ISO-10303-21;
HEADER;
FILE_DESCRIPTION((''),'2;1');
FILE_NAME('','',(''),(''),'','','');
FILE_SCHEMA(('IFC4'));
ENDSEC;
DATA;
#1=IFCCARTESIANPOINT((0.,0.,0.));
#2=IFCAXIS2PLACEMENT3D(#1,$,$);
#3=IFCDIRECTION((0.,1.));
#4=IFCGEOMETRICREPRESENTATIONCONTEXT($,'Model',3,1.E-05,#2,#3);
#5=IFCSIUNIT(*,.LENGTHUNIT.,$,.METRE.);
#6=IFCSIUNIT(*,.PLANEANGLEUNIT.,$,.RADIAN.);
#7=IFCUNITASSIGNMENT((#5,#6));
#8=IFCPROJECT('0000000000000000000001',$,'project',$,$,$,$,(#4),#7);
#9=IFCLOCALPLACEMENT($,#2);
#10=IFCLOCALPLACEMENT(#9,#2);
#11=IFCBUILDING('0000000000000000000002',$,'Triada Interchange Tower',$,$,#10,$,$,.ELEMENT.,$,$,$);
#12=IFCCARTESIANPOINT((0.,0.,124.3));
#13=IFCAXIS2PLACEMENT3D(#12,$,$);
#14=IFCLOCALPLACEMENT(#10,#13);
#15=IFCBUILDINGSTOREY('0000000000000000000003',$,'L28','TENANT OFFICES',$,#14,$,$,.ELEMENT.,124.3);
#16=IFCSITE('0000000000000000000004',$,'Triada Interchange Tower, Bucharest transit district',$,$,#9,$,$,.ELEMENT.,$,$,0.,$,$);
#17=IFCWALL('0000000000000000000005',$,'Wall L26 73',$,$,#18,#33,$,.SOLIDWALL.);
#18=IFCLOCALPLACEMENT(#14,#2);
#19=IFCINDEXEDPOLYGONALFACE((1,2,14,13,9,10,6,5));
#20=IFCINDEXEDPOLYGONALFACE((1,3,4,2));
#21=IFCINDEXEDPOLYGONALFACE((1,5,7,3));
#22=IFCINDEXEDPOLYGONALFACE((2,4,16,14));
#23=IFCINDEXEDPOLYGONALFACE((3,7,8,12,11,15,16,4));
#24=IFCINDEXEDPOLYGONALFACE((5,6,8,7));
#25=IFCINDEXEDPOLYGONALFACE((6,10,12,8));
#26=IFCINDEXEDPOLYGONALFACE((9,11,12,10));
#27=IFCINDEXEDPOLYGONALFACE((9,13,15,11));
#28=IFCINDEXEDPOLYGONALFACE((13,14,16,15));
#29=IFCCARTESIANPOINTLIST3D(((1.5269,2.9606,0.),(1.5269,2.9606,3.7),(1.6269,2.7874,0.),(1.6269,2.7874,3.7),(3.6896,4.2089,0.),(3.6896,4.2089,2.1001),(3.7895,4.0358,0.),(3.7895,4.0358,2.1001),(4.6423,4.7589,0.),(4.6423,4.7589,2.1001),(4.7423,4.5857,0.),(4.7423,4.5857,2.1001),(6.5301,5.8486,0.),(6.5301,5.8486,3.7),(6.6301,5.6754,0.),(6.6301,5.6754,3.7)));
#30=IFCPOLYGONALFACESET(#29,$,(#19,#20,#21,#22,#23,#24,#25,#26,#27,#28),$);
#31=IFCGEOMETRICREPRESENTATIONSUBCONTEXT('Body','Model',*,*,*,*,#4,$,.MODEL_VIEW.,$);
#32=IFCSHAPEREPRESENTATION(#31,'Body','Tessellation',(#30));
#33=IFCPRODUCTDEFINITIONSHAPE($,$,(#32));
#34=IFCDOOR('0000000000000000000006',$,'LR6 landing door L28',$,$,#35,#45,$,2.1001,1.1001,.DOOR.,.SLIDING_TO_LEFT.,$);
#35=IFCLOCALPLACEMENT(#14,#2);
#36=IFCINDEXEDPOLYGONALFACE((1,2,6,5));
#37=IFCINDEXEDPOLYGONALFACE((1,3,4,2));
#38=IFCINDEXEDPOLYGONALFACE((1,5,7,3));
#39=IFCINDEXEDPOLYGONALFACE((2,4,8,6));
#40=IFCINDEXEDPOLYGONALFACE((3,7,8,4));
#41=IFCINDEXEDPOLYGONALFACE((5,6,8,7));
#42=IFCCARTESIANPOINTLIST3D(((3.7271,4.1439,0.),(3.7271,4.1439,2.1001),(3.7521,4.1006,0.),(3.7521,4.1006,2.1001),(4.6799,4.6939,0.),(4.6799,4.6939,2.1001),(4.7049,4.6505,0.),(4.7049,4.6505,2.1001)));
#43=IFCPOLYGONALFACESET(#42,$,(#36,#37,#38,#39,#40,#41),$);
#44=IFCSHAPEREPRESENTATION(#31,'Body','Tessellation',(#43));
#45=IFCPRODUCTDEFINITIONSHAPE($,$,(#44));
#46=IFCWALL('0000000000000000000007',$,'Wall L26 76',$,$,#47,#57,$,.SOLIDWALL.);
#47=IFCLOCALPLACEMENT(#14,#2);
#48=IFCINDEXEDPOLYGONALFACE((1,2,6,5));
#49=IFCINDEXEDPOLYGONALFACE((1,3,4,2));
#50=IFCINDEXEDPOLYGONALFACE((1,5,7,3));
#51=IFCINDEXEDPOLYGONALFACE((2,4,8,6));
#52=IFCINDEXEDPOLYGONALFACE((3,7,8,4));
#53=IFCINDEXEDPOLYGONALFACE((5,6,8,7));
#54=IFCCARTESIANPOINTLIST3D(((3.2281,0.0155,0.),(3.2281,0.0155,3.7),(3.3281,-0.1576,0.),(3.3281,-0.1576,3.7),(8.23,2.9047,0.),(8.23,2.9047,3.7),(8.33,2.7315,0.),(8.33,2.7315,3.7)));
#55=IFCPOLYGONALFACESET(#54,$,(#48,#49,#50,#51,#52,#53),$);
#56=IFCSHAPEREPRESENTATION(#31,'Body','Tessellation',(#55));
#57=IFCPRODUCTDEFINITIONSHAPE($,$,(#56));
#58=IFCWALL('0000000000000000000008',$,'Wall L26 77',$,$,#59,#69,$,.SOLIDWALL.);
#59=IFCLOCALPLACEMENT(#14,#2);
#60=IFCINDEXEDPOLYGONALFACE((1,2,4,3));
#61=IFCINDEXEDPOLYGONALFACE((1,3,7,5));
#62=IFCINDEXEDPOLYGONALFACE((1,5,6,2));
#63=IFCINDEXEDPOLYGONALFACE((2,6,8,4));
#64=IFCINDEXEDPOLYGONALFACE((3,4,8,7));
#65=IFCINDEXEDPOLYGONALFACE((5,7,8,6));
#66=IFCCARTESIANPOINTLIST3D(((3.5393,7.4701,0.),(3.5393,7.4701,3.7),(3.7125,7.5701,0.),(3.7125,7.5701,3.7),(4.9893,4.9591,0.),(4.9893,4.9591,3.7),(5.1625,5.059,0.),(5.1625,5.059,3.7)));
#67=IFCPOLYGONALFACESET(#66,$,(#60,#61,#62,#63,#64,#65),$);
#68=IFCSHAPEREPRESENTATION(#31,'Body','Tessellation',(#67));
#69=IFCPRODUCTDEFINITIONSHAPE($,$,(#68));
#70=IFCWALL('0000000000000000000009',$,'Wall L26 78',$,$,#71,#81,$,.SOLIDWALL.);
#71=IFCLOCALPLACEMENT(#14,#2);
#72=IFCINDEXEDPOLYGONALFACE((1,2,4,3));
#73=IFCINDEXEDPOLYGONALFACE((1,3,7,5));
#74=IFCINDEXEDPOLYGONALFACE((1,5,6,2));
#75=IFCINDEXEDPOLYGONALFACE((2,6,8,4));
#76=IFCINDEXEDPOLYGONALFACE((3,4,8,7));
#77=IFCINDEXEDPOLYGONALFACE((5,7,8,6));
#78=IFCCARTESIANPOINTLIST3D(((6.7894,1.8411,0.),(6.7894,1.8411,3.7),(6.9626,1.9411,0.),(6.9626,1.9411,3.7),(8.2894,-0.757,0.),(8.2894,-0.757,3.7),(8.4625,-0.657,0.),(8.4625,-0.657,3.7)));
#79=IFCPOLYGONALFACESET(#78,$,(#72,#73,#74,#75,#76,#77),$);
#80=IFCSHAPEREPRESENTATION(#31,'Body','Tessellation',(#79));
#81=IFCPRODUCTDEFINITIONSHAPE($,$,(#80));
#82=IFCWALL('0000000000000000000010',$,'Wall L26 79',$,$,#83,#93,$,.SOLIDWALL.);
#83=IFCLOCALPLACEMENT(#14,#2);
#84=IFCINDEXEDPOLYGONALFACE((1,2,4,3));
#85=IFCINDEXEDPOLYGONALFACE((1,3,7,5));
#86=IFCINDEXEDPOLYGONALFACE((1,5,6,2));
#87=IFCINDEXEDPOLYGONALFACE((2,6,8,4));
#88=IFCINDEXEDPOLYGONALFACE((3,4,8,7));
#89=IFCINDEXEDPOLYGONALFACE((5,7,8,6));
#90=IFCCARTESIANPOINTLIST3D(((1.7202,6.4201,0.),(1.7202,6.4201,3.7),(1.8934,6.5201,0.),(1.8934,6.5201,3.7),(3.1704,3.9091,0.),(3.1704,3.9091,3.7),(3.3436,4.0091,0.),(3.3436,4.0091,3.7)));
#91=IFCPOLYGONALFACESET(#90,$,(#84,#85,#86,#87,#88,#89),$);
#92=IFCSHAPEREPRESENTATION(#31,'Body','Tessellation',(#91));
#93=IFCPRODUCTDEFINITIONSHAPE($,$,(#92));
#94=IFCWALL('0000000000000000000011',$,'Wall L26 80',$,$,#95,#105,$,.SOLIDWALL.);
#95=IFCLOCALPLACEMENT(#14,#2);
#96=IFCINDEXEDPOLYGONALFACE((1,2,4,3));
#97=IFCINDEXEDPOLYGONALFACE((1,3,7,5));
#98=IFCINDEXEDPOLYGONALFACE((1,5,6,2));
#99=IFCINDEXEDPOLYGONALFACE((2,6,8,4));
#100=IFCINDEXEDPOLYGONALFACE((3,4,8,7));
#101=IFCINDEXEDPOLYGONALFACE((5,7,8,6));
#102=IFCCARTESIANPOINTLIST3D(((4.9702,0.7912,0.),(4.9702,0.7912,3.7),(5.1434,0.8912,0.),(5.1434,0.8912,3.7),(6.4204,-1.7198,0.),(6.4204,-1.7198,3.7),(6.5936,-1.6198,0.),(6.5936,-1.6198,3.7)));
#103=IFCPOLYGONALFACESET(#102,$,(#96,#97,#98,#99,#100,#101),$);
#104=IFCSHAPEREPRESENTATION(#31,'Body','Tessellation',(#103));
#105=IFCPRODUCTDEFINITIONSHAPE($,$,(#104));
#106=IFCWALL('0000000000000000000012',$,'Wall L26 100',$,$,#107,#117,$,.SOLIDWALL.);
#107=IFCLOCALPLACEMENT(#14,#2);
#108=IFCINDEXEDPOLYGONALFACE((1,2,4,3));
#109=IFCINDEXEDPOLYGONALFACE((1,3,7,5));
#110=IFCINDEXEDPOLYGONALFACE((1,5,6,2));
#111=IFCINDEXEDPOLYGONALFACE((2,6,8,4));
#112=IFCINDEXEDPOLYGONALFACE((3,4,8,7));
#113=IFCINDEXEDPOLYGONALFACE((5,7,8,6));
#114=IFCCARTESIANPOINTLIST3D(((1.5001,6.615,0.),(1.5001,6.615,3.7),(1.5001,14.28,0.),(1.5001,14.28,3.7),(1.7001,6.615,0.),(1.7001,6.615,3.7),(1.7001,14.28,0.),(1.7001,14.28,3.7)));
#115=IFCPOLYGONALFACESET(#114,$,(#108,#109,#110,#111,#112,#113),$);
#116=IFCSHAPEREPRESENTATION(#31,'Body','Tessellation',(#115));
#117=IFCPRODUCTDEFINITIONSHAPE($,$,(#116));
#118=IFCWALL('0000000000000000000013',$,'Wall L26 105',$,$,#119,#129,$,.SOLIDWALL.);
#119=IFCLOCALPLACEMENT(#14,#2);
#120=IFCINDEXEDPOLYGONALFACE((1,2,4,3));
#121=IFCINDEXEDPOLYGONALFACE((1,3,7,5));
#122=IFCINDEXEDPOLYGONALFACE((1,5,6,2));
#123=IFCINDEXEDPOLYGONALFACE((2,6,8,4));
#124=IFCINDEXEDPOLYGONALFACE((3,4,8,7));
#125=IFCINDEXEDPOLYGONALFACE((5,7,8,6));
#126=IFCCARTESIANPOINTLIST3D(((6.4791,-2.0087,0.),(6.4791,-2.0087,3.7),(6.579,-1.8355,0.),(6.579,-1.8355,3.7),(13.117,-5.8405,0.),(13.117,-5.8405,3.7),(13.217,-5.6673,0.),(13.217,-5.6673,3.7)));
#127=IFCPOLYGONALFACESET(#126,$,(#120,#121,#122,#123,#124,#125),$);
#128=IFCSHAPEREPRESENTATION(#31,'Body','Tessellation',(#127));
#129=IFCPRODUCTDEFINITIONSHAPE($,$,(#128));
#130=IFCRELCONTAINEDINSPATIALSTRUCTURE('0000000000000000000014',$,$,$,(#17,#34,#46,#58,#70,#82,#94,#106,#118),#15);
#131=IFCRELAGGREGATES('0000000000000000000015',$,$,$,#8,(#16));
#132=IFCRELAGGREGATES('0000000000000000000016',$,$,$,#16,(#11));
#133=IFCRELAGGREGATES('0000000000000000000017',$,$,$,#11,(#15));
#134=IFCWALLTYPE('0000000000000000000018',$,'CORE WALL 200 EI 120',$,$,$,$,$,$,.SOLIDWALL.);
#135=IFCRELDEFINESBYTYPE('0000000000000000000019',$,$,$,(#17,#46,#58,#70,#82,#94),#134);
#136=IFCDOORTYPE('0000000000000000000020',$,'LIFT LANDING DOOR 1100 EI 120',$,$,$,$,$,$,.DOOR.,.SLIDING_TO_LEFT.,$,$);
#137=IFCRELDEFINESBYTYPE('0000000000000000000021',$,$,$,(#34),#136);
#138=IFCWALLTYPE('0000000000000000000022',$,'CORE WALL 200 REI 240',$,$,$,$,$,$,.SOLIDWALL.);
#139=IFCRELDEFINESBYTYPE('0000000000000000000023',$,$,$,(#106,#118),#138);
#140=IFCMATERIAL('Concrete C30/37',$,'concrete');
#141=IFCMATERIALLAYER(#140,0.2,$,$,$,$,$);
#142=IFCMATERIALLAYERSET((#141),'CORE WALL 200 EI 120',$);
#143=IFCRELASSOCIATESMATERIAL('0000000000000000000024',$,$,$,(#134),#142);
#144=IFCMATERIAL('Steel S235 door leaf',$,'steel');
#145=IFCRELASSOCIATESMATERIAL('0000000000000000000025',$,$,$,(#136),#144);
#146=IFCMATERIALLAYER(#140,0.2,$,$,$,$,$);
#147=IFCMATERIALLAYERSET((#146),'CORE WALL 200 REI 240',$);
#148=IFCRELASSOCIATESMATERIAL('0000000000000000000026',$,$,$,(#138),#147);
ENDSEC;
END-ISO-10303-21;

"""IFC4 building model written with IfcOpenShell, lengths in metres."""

from ifc_helpers import new_model, si_unit, direction, frame, frame_2d, origin, place, context, subcontext, project, spatial, rectangle, extrude, material, layer, layer_set, type_object, element, fill, save


model = new_model("IFC4")

# Units and contexts
model_context = context("Model", 3, precision=1e-05, world=origin(), true_north=direction((0.0, 1.0)))
body_context = subcontext(model_context, "Body", "Model", "MODEL_VIEW")
ifc_project = project(units=[si_unit("LENGTHUNIT", "METRE"), si_unit("PLANEANGLEUNIT", "RADIAN")], contexts=[model_context])

# Site, building, storey
site_placement = place(None, origin())
site = spatial("IfcSite", under=ifc_project, at=site_placement, Name="Triada Interchange Tower, Bucharest transit district", CompositionType="ELEMENT", RefElevation=0.0)
building_placement = place(site_placement, origin())
building = spatial("IfcBuilding", under=site, at=building_placement, Name="Triada Interchange Tower", CompositionType="ELEMENT")
storey_placement = place(building_placement, frame((0.0, 0.0, 124.3)))
storey = spatial("IfcBuildingStorey", under=building, at=storey_placement, Name="L28", Description="TENANT OFFICES", CompositionType="ELEMENT", Elevation=124.3)

# Shared definitions
ifc_material_1 = material(Name="Concrete C30/37", Category="concrete")
ifc_layer_1 = layer(ifc_material_1, 0.2)
ifc_layer_set_1 = layer_set([ifc_layer_1], Name="CORE WALL 200 EI 120")
wall_type_1 = type_object("IfcWallType", Name="CORE WALL 200 EI 120", PredefinedType="SOLIDWALL", material=ifc_layer_set_1)
ifc_material_2 = material(Name="Steel S235 door leaf", Category="steel")
door_type_1 = type_object("IfcDoorType", Name="LIFT LANDING DOOR 1100 EI 120", OperationType="SLIDING_TO_LEFT", PredefinedType="DOOR", material=ifc_material_2)

# Wall, opening, door
wall_1_placement = place(storey_placement, frame((1.5769, 2.874, 0.0), z_axis=(0.0, 0.0, 1.0), x_axis=(0.866074, 0.499916, 0.0)))
wall_1 = element("IfcWall", 1, at=wall_1_placement, inside=storey, type_object=wall_type_1, Name="Wall L26 73", PredefinedType="SOLIDWALL", context=body_context, shape_type="SweptSolid", body=[
    extrude(rectangle(XDim=5.7769, YDim=0.2, at=frame_2d((2.8884, 0.0))), origin(), (0.0, 0.0, 1.0), 3.7),
])
opening_1_placement = place(wall_1_placement, frame((2.4971, 0.0, 0.0)))
opening_1 = element("IfcOpeningElement", 2, at=opening_1_placement, cuts=wall_1, PredefinedType="OPENING", context=body_context, shape_type="SweptSolid", body=[
    extrude(rectangle(XDim=1.1001, YDim=2.1001, at=frame_2d((0.55, 1.05))), frame((0.0, 0.1099, 0.0), z_axis=(0.0, -1.0, 0.0), x_axis=(1.0, 0.0, 0.0)), (0.0, 0.0, 1.0), 0.22),
])
door_1_placement = place(opening_1_placement, origin())
door_1 = element("IfcDoor", 3, at=door_1_placement, inside=storey, type_object=door_type_1, Name="LR6 landing door L28", OperationType="SLIDING_TO_LEFT", OverallHeight=2.1001, OverallWidth=1.1001, PredefinedType="DOOR", context=body_context, shape_type="SweptSolid", body=[
    extrude(rectangle(XDim=1.1001, YDim=2.1001, at=frame_2d((0.55, 1.05))), frame((0.0, 0.0249, 0.0), z_axis=(0.0, -1.0, 0.0), x_axis=(1.0, 0.0, 0.0)), (0.0, 0.0, 1.0), 0.05),
])
fill(opening_1, door_1)

# Walls
wall_2_placement = place(storey_placement, frame((3.2781, -0.071, 0.0), z_axis=(0.0, 0.0, 1.0), x_axis=(0.865929, 0.500166, 0.0)))
element("IfcWall", 4, at=wall_2_placement, inside=storey, type_object=wall_type_1, Name="Wall L26 76", PredefinedType="SOLIDWALL", context=body_context, shape_type="SweptSolid", body=[
    extrude(rectangle(XDim=5.7764, YDim=0.2, at=frame_2d((2.8882, 0.0))), origin(), (0.0, 0.0, 1.0), 3.7),
])
wall_3_placement = place(storey_placement, frame((3.626, 7.52, 0.0), z_axis=(0.0, 0.0, 1.0), x_axis=(0.50006, -0.865991, 0.0)))
element("IfcWall", 5, at=wall_3_placement, inside=storey, type_object=wall_type_1, Name="Wall L26 77", PredefinedType="SOLIDWALL", context=body_context, shape_type="SweptSolid", body=[
    extrude(rectangle(XDim=2.8997, YDim=0.2, at=frame_2d((1.4497, 0.0))), origin(), (0.0, 0.0, 1.0), 3.7),
])
wall_4_placement = place(storey_placement, frame((6.876, 1.8911, 0.0), z_axis=(0.0, 0.0, 1.0), x_axis=(0.49999, -0.866031, 0.0)))
element("IfcWall", 6, at=wall_4_placement, inside=storey, type_object=wall_type_1, Name="Wall L26 78", PredefinedType="SOLIDWALL", context=body_context, shape_type="SweptSolid", body=[
    extrude(rectangle(XDim=3.0, YDim=0.2, at=frame_2d((1.5, 0.0))), origin(), (0.0, 0.0, 1.0), 3.7),
])
for number, where, z_axis, x_axis, name in (
    (7, (1.8069, 6.47, 0.0), (0.0, 0.0, 1.0), (0.500123, -0.865954, 0.0), "Wall L26 79"),
    (8, (5.0569, 0.8411, 0.0), (0.0, 0.0, 1.0), (0.500123, -0.865954, 0.0), "Wall L26 80"),
):
    element("IfcWall", number, at=place(storey_placement, frame(where, z_axis=z_axis, x_axis=x_axis)), inside=storey, type_object=wall_type_1, Name=name, PredefinedType="SOLIDWALL", context=body_context, shape_type="SweptSolid", body=[
        extrude(rectangle(XDim=2.8997, YDim=0.2, at=frame_2d((1.4497, 0.0))), origin(), (0.0, 0.0, 1.0), 3.7),
    ])
ifc_layer_2 = layer(ifc_material_1, 0.2)
ifc_layer_set_2 = layer_set([ifc_layer_2], Name="CORE WALL 200 REI 240")
wall_type_2 = type_object("IfcWallType", Name="CORE WALL 200 REI 240", PredefinedType="SOLIDWALL", material=ifc_layer_set_2)
wall_5_placement = place(storey_placement, frame((1.6001, 6.615, 0.0), z_axis=(0.0, 0.0, 1.0), x_axis=(0.0, 1.0, 0.0)))
element("IfcWall", 9, at=wall_5_placement, inside=storey, type_object=wall_type_2, Name="Wall L26 100", PredefinedType="SOLIDWALL", context=body_context, shape_type="SweptSolid", body=[
    extrude(rectangle(XDim=7.665, YDim=0.2, at=frame_2d((3.8325, 0.0))), origin(), (0.0, 0.0, 1.0), 3.7),
])
wall_6_placement = place(storey_placement, frame((6.5291, -1.9221, 0.0), z_axis=(0.0, 0.0, 1.0), x_axis=(0.866061, -0.499938, 0.0)))
element("IfcWall", 10, at=wall_6_placement, inside=storey, type_object=wall_type_2, Name="Wall L26 105", PredefinedType="SOLIDWALL", context=body_context, shape_type="SweptSolid", body=[
    extrude(rectangle(XDim=7.6646, YDim=0.2, at=frame_2d((3.8323, 0.0))), origin(), (0.0, 0.0, 1.0), 3.7),
])

save(model, "model.ifc")
